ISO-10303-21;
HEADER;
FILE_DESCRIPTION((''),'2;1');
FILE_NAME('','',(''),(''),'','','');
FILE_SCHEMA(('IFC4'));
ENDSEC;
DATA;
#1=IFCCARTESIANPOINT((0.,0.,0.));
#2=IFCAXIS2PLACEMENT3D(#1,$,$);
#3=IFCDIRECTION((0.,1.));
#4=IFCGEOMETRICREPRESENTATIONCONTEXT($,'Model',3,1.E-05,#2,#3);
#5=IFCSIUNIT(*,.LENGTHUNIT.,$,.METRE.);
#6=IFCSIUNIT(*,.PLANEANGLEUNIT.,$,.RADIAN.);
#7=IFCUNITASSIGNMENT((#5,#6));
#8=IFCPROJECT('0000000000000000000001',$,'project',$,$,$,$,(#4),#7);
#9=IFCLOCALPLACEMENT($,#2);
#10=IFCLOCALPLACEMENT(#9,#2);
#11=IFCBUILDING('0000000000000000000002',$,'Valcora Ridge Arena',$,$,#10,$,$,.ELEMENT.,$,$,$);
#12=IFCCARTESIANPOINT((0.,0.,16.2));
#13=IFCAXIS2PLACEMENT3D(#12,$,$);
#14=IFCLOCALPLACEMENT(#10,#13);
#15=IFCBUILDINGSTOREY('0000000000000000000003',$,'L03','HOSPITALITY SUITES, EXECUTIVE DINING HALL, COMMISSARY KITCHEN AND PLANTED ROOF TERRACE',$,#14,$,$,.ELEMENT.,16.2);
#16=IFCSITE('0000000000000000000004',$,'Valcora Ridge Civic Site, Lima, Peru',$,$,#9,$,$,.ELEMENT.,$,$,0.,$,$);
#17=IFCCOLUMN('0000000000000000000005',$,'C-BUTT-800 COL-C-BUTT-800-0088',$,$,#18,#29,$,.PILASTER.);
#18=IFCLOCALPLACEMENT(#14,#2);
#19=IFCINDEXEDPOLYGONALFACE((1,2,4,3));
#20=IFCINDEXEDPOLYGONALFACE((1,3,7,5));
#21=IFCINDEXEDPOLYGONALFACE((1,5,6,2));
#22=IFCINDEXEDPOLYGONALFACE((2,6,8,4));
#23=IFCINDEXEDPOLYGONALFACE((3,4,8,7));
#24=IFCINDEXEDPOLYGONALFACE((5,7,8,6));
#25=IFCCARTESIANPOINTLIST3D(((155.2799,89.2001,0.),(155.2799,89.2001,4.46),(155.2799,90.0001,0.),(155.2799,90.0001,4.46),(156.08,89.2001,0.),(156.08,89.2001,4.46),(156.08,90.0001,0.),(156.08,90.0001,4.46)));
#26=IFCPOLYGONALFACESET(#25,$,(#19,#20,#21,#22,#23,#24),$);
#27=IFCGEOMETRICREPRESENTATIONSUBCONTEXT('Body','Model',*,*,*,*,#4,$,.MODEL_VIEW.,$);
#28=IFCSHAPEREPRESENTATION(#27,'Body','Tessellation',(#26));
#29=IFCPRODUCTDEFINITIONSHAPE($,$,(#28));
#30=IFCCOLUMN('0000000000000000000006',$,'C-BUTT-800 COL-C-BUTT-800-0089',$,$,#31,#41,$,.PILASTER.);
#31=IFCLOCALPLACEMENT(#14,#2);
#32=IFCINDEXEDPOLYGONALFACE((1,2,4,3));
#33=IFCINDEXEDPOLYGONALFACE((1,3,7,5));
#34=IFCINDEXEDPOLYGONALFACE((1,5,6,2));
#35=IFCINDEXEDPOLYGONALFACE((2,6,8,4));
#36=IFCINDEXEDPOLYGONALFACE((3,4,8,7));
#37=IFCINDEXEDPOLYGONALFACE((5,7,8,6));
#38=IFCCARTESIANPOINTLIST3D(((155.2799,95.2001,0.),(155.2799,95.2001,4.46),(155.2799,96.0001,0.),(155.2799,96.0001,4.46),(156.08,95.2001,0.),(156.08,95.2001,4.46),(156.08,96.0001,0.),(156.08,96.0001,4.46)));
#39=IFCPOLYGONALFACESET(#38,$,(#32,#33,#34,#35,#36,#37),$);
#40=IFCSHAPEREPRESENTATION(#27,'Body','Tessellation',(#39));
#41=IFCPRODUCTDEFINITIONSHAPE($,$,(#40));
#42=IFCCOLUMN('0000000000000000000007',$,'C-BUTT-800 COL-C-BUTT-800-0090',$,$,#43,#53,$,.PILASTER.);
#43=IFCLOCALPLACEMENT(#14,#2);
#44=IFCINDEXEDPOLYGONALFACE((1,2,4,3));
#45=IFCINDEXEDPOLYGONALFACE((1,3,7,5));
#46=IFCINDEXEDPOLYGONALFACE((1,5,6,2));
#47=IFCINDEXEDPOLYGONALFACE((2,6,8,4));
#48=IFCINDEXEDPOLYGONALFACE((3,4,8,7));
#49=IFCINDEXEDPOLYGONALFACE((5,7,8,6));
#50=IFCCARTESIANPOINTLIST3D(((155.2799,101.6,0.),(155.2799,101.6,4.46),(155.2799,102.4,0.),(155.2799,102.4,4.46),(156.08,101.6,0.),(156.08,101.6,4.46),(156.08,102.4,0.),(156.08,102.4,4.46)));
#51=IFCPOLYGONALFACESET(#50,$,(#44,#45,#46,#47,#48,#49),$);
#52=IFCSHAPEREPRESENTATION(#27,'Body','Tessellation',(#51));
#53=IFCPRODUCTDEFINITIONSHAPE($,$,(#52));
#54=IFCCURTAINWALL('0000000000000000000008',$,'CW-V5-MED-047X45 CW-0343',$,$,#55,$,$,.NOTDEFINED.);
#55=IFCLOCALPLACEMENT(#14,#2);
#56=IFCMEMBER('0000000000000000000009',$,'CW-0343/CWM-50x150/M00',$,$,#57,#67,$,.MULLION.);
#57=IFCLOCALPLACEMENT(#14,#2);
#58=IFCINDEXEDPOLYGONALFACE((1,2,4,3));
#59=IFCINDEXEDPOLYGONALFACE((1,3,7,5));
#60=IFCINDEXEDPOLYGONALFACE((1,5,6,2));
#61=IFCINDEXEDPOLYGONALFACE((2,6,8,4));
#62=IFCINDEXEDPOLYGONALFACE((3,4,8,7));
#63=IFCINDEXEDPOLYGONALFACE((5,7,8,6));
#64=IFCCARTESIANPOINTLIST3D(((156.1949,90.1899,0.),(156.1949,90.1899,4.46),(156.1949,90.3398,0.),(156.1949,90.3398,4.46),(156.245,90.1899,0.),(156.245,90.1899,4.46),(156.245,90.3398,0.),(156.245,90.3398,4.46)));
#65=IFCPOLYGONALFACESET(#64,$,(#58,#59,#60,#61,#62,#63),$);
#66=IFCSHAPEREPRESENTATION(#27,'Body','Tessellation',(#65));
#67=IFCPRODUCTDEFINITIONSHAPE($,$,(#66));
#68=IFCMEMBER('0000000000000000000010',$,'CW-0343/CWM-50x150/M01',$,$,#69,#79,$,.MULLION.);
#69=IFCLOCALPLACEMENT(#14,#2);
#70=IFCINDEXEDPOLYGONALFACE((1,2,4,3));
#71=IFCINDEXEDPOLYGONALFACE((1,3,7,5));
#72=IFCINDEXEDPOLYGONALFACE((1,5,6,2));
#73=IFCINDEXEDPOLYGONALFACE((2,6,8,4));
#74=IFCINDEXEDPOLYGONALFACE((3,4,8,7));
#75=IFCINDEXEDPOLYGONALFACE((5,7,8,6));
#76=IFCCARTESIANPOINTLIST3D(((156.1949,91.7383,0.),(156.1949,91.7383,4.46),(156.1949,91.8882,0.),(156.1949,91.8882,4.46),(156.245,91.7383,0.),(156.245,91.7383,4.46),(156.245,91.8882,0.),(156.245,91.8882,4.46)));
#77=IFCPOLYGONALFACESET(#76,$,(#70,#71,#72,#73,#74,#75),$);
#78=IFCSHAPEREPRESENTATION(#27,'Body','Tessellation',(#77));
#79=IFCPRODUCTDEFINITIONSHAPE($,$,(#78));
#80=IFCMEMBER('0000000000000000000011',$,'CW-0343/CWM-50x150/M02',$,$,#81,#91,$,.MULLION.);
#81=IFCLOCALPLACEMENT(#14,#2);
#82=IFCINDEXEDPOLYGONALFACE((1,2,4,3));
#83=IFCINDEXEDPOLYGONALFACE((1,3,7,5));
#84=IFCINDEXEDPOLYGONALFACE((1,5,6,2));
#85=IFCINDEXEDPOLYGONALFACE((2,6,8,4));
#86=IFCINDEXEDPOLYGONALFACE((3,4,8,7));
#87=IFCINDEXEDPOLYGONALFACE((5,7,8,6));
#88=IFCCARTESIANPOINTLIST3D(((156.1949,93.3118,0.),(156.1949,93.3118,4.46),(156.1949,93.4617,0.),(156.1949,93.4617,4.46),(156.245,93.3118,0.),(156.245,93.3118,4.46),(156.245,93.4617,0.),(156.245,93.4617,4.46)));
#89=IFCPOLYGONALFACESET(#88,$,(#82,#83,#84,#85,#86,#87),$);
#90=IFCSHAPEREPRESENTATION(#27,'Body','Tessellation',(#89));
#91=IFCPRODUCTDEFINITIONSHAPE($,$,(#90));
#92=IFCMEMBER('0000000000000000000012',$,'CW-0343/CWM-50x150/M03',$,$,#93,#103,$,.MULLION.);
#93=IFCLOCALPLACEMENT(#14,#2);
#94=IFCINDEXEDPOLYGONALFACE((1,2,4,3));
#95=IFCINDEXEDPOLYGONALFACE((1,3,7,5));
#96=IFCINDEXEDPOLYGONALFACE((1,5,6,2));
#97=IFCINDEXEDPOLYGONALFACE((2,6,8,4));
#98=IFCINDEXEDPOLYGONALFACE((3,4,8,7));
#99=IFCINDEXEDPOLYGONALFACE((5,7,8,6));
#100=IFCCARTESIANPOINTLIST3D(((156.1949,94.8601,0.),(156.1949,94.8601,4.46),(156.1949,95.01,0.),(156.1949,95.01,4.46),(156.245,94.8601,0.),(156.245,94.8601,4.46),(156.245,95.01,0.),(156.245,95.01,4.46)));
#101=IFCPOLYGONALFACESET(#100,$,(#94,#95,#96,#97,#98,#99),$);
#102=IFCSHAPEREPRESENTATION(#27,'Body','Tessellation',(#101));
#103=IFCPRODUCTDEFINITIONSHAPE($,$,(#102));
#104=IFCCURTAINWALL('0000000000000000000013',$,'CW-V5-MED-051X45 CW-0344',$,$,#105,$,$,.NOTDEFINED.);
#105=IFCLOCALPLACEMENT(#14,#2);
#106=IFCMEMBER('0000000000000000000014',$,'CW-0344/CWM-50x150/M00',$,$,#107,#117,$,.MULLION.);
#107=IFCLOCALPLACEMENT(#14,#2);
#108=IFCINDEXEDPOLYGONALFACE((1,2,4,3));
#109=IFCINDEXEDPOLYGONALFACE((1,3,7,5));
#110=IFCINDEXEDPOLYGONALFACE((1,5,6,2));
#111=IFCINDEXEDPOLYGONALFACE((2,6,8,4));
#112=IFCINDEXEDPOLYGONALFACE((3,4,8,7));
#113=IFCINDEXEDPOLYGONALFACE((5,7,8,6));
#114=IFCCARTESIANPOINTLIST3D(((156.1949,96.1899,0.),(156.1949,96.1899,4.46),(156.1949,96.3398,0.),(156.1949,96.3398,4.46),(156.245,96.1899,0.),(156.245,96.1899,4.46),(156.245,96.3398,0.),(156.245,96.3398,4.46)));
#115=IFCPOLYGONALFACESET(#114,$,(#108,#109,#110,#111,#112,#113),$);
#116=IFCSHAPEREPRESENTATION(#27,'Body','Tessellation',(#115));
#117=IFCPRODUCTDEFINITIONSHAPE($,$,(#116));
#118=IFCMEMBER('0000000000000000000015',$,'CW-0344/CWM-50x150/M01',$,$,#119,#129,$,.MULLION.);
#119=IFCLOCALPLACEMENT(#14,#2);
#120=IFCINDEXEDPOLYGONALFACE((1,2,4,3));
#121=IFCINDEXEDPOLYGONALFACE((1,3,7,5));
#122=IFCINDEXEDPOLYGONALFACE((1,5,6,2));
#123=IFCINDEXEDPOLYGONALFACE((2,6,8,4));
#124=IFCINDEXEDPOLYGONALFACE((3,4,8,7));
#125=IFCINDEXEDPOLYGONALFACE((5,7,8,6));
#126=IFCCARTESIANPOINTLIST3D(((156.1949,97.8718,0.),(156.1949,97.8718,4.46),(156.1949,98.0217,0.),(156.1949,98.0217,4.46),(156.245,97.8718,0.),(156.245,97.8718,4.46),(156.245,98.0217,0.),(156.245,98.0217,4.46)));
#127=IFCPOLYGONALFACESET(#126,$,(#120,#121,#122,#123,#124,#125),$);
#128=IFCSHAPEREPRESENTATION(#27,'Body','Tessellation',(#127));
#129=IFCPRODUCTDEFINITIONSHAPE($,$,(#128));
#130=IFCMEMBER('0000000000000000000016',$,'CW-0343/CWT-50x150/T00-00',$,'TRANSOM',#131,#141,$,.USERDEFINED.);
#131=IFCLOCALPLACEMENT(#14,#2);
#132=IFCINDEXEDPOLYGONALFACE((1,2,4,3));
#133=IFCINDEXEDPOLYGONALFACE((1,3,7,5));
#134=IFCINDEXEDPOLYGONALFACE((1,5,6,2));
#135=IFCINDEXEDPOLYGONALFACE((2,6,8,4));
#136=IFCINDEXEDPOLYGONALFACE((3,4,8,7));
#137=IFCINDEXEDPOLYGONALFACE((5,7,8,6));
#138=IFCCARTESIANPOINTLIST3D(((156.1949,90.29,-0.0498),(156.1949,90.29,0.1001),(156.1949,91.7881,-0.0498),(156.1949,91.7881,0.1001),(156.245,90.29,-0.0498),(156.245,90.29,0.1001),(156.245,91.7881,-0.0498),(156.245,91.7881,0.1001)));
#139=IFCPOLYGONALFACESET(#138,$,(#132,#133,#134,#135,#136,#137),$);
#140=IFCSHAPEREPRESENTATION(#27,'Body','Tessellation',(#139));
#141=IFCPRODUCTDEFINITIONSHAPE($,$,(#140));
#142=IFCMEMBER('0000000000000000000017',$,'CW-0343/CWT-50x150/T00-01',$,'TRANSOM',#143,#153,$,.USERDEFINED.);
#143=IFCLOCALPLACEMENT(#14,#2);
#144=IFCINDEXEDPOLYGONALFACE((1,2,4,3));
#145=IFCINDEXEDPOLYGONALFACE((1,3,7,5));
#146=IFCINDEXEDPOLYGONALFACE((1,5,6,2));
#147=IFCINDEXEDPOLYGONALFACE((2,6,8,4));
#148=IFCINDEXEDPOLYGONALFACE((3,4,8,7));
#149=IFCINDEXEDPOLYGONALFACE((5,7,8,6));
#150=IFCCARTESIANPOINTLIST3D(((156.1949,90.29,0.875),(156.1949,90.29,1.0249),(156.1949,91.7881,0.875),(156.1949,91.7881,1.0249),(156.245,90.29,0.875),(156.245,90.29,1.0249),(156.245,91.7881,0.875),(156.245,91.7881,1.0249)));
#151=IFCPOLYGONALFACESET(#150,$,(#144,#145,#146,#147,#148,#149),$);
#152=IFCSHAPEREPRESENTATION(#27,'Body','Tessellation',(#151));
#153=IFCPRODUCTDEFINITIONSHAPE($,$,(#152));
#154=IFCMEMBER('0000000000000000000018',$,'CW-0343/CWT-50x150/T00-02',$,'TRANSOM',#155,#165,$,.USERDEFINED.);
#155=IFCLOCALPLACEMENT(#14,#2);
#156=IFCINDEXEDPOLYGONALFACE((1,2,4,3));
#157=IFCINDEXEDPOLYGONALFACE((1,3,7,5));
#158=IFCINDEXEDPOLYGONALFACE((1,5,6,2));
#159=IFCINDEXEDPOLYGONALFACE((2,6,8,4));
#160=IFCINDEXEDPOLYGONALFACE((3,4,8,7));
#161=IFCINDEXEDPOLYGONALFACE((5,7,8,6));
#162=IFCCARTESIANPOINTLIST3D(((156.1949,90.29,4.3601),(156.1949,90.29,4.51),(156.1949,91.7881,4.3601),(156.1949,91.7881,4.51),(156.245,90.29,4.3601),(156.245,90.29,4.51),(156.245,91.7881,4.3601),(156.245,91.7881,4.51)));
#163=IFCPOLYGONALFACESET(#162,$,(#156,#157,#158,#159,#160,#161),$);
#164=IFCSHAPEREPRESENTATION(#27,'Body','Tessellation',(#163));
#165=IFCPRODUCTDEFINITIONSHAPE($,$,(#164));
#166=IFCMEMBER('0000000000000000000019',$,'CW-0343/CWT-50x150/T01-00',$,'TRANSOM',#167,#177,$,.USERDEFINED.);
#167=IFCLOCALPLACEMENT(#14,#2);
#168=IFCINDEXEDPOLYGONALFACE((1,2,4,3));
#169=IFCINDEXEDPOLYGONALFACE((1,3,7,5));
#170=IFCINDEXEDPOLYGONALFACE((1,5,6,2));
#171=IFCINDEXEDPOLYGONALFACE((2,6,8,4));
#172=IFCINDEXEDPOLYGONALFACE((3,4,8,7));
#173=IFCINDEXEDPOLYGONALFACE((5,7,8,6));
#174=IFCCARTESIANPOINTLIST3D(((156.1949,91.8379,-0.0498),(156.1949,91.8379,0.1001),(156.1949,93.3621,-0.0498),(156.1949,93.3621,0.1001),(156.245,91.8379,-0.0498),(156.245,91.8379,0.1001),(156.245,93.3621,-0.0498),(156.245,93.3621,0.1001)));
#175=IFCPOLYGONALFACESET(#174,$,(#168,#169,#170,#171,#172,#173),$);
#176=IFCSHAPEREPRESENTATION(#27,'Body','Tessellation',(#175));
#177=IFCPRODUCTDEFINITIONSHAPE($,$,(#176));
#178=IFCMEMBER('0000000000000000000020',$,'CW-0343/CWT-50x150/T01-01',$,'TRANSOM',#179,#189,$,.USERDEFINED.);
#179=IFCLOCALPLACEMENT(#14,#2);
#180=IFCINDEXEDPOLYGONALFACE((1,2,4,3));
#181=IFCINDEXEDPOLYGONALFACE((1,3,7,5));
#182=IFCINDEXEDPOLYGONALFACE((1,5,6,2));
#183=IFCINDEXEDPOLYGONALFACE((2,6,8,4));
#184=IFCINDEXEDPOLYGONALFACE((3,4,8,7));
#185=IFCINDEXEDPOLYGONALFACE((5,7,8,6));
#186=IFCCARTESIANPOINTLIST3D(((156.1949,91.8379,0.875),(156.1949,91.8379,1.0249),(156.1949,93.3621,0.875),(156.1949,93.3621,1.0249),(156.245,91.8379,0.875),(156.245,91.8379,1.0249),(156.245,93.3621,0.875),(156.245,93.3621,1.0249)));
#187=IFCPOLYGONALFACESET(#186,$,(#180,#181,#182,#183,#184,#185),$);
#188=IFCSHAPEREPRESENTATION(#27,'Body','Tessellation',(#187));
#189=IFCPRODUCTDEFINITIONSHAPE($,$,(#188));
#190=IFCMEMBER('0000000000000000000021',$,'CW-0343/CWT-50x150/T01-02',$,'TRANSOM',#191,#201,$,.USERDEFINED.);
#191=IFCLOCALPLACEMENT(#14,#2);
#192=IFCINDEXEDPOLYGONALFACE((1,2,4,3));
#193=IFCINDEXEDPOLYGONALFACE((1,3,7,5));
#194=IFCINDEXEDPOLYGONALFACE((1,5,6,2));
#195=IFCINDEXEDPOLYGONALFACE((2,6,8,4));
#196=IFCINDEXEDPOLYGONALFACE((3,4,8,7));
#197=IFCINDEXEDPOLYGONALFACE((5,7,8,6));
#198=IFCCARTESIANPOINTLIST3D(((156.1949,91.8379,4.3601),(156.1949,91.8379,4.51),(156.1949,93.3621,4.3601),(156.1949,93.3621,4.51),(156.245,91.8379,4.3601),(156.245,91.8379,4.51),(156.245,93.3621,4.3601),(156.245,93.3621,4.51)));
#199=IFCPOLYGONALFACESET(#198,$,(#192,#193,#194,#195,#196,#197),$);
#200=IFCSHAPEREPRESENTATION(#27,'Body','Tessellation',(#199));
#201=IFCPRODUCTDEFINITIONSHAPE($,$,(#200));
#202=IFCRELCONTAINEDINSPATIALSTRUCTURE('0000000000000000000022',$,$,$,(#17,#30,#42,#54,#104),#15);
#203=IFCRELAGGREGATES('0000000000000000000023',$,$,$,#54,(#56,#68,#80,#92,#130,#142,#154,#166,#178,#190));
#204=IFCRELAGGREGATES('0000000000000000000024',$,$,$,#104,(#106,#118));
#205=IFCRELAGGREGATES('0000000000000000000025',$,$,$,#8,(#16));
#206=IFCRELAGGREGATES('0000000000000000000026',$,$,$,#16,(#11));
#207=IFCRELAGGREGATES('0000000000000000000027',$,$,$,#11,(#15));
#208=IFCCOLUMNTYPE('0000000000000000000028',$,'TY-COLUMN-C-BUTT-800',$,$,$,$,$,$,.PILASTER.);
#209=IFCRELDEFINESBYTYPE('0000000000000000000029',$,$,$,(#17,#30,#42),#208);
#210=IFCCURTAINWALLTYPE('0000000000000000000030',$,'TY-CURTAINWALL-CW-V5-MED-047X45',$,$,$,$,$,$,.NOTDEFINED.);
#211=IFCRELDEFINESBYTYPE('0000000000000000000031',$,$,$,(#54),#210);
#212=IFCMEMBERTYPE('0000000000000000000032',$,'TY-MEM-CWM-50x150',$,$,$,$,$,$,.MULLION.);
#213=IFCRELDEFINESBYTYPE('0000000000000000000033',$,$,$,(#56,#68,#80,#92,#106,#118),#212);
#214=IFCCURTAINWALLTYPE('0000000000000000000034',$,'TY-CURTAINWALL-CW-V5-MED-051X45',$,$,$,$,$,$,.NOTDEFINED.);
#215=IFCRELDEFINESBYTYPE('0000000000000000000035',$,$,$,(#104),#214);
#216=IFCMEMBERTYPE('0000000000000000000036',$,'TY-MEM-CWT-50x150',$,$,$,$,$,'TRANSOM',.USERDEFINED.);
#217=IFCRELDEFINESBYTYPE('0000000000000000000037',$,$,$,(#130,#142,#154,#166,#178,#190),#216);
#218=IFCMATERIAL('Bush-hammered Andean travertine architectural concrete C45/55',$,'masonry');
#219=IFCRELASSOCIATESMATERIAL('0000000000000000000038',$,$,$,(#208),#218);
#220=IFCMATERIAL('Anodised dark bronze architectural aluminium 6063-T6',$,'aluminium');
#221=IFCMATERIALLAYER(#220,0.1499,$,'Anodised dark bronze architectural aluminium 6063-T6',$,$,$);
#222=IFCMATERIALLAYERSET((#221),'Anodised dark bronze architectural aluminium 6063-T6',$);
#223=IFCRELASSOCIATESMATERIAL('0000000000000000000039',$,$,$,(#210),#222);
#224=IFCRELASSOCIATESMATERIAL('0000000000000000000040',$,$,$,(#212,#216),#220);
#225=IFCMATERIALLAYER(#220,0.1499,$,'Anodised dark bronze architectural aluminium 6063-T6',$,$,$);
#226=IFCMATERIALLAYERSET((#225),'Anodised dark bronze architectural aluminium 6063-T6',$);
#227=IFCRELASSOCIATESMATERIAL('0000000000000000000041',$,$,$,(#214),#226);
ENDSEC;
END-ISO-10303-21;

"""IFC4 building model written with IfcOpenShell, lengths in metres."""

from ifc_helpers import new_model, si_unit, direction, frame, origin, origin_2d, place, context, subcontext, project, spatial, rectangle, extrude, material, layer, layer_set, material_profile, profile_set, type_object, element, aggregate, save


model = new_model("IFC4")

# Units and contexts
model_context = context("Model", 3, precision=1e-05, world=origin(), true_north=direction((0.0, 1.0)))
body_context = subcontext(model_context, "Body", "Model", "MODEL_VIEW")
ifc_project = project(units=[si_unit("LENGTHUNIT", "METRE"), si_unit("PLANEANGLEUNIT", "RADIAN")], contexts=[model_context])

# Site, building, storey
site_placement = place(None, origin())
site = spatial("IfcSite", under=ifc_project, at=site_placement, Name="Valcora Ridge Civic Site, Lima, Peru", CompositionType="ELEMENT", RefElevation=0.0)
building_placement = place(site_placement, origin())
building = spatial("IfcBuilding", under=site, at=building_placement, Name="Valcora Ridge Arena", CompositionType="ELEMENT")
storey_placement = place(building_placement, frame((0.0, 0.0, 16.2)))
storey = spatial("IfcBuildingStorey", under=building, at=storey_placement, Name="L03", Description="HOSPITALITY SUITES, EXECUTIVE DINING HALL, COMMISSARY KITCHEN AND PLANTED ROOF TERRACE", CompositionType="ELEMENT", Elevation=16.2)

# Columns
ifc_material_1 = material(Name="Bush-hammered Andean travertine architectural concrete C45/55", Category="masonry")
ifc_material_profile_1 = material_profile(ifc_material_1, rectangle(XDim=0.8, YDim=0.8, at=origin_2d()), Name="RC 800x800")
ifc_profile_set_1 = profile_set([ifc_material_profile_1], Name="Bush-hammered Andean travertine architectural concrete C45/55")
column_type = type_object("IfcColumnType", Name="TY-COLUMN-C-BUTT-800", PredefinedType="PILASTER", material=ifc_profile_set_1)
for number, where, z_axis, x_axis, name in (
    (1, (155.6799, 89.6001, 0.0), (0.0, 0.0, 1.0), (1.0, 0.0, 0.0), "C-BUTT-800 COL-C-BUTT-800-0088"),
    (2, (155.6799, 95.6001, 0.0), (0.0, 0.0, 1.0), (1.0, 0.0, 0.0), "C-BUTT-800 COL-C-BUTT-800-0089"),
    (3, (155.6799, 102.0, 0.0), (0.0, 0.0, 1.0), (1.0, 0.0, 0.0), "C-BUTT-800 COL-C-BUTT-800-0090"),
):
    element("IfcColumn", number, at=place(storey_placement, frame(where, z_axis=z_axis, x_axis=x_axis)), inside=storey, type_object=column_type, Name=name, PredefinedType="PILASTER", context=body_context, shape_type="SweptSolid", body=[
        extrude(rectangle(XDim=0.8, YDim=0.8, at=origin_2d()), origin(), (0.0, 0.0, 1.0), 4.46),
    ])

# Curtain walls, members
ifc_material_2 = material(Name="Anodised dark bronze architectural aluminium 6063-T6", Category="aluminium")
ifc_layer_1 = layer(ifc_material_2, 0.1499, Name="Anodised dark bronze architectural aluminium 6063-T6")
ifc_layer_set_1 = layer_set([ifc_layer_1], Name="Anodised dark bronze architectural aluminium 6063-T6")
curtain_wall_type_1 = type_object("IfcCurtainWallType", Name="TY-CURTAINWALL-CW-V5-MED-047X45", PredefinedType="NOTDEFINED", material=ifc_layer_set_1)
curtain_wall_1_placement = place(storey_placement, origin())
curtain_wall_1 = element("IfcCurtainWall", 4, at=curtain_wall_1_placement, inside=storey, type_object=curtain_wall_type_1, Name="CW-V5-MED-047X45 CW-0343", PredefinedType="NOTDEFINED")
ifc_material_profile_2 = material_profile(ifc_material_2, rectangle(XDim=0.05, YDim=0.1499, at=origin_2d()), Name="ALU MULLION 50x150")
ifc_profile_set_2 = profile_set([ifc_material_profile_2], Name="Anodised dark bronze architectural aluminium 6063-T6")
member_type_1 = type_object("IfcMemberType", Name="TY-MEM-CWM-50x150", PredefinedType="MULLION", material=ifc_profile_set_2)
member_1_placement = place(storey_placement, frame((156.22, 90.2649, 0.0), z_axis=(0.0, 0.0, 1.0), x_axis=(-1.0, 0.0, 0.0)))
member_1 = element("IfcMember", 5, at=member_1_placement, type_object=member_type_1, Name="CW-0343/CWM-50x150/M00", PredefinedType="MULLION", context=body_context, shape_type="SweptSolid", body=[
    extrude(rectangle(XDim=0.05, YDim=0.1499, at=origin_2d()), origin(), (0.0, 0.0, 1.0), 4.46),
])
member_2_placement = place(storey_placement, frame((156.22, 91.8132, 0.0), z_axis=(0.0, 0.0, 1.0), x_axis=(-1.0, 0.0, 0.0)))
member_2 = element("IfcMember", 6, at=member_2_placement, type_object=member_type_1, Name="CW-0343/CWM-50x150/M01", PredefinedType="MULLION", context=body_context, shape_type="SweptSolid", body=[
    extrude(rectangle(XDim=0.05, YDim=0.1499, at=origin_2d()), origin(), (0.0, 0.0, 1.0), 4.46),
])
member_3_placement = place(storey_placement, frame((156.22, 93.3867, 0.0), z_axis=(0.0, 0.0, 1.0), x_axis=(-1.0, 0.0, 0.0)))
member_3 = element("IfcMember", 7, at=member_3_placement, type_object=member_type_1, Name="CW-0343/CWM-50x150/M02", PredefinedType="MULLION", context=body_context, shape_type="SweptSolid", body=[
    extrude(rectangle(XDim=0.05, YDim=0.1499, at=origin_2d()), origin(), (0.0, 0.0, 1.0), 4.46),
])
member_4_placement = place(storey_placement, frame((156.22, 94.9351, 0.0), z_axis=(0.0, 0.0, 1.0), x_axis=(-1.0, 0.0, 0.0)))
member_4 = element("IfcMember", 8, at=member_4_placement, type_object=member_type_1, Name="CW-0343/CWM-50x150/M03", PredefinedType="MULLION", context=body_context, shape_type="SweptSolid", body=[
    extrude(rectangle(XDim=0.05, YDim=0.1499, at=origin_2d()), origin(), (0.0, 0.0, 1.0), 4.46),
])
ifc_layer_2 = layer(ifc_material_2, 0.1499, Name="Anodised dark bronze architectural aluminium 6063-T6")
ifc_layer_set_2 = layer_set([ifc_layer_2], Name="Anodised dark bronze architectural aluminium 6063-T6")
curtain_wall_type_2 = type_object("IfcCurtainWallType", Name="TY-CURTAINWALL-CW-V5-MED-051X45", PredefinedType="NOTDEFINED", material=ifc_layer_set_2)
curtain_wall_2_placement = place(storey_placement, origin())
curtain_wall_2 = element("IfcCurtainWall", 9, at=curtain_wall_2_placement, inside=storey, type_object=curtain_wall_type_2, Name="CW-V5-MED-051X45 CW-0344", PredefinedType="NOTDEFINED")
member_5_placement = place(storey_placement, frame((156.22, 96.2649, 0.0), z_axis=(0.0, 0.0, 1.0), x_axis=(-1.0, 0.0, 0.0)))
member_5 = element("IfcMember", 10, at=member_5_placement, type_object=member_type_1, Name="CW-0344/CWM-50x150/M00", PredefinedType="MULLION", context=body_context, shape_type="SweptSolid", body=[
    extrude(rectangle(XDim=0.05, YDim=0.1499, at=origin_2d()), origin(), (0.0, 0.0, 1.0), 4.46),
])
member_6_placement = place(storey_placement, frame((156.22, 97.9468, 0.0), z_axis=(0.0, 0.0, 1.0), x_axis=(-1.0, 0.0, 0.0)))
member_6 = element("IfcMember", 11, at=member_6_placement, type_object=member_type_1, Name="CW-0344/CWM-50x150/M01", PredefinedType="MULLION", context=body_context, shape_type="SweptSolid", body=[
    extrude(rectangle(XDim=0.05, YDim=0.1499, at=origin_2d()), origin(), (0.0, 0.0, 1.0), 4.46),
])

# Members
ifc_material_profile_3 = material_profile(ifc_material_2, rectangle(XDim=0.05, YDim=0.1499, at=origin_2d()), Name="ALU TRANSOM 50x150")
ifc_profile_set_3 = profile_set([ifc_material_profile_3], Name="Anodised dark bronze architectural aluminium 6063-T6")
member_type_2 = type_object("IfcMemberType", Name="TY-MEM-CWT-50x150", ElementType="TRANSOM", PredefinedType="USERDEFINED", material=ifc_profile_set_3)
member_7_placement = place(storey_placement, frame((156.22, 90.29, 0.0251), z_axis=(0.0, 1.0, 0.0), x_axis=(-1.0, 0.0, 0.0)))
member_7 = element("IfcMember", 12, at=member_7_placement, type_object=member_type_2, Name="CW-0343/CWT-50x150/T00-00", ObjectType="TRANSOM", PredefinedType="USERDEFINED", context=body_context, shape_type="SweptSolid", body=[
    extrude(rectangle(XDim=0.05, YDim=0.1499, at=origin_2d()), origin(), (0.0, 0.0, 1.0), 1.498),
])
member_8_placement = place(storey_placement, frame((156.22, 90.29, 0.95), z_axis=(0.0, 1.0, 0.0), x_axis=(-1.0, 0.0, 0.0)))
member_8 = element("IfcMember", 13, at=member_8_placement, type_object=member_type_2, Name="CW-0343/CWT-50x150/T00-01", ObjectType="TRANSOM", PredefinedType="USERDEFINED", context=body_context, shape_type="SweptSolid", body=[
    extrude(rectangle(XDim=0.05, YDim=0.1499, at=origin_2d()), origin(), (0.0, 0.0, 1.0), 1.498),
])
member_9_placement = place(storey_placement, frame((156.22, 90.29, 4.4351), z_axis=(0.0, 1.0, 0.0), x_axis=(-1.0, 0.0, 0.0)))
member_9 = element("IfcMember", 14, at=member_9_placement, type_object=member_type_2, Name="CW-0343/CWT-50x150/T00-02", ObjectType="TRANSOM", PredefinedType="USERDEFINED", context=body_context, shape_type="SweptSolid", body=[
    extrude(rectangle(XDim=0.05, YDim=0.1499, at=origin_2d()), origin(), (0.0, 0.0, 1.0), 1.498),
])
member_10_placement = place(storey_placement, frame((156.22, 91.8379, 0.0251), z_axis=(0.0, 1.0, 0.0), x_axis=(-1.0, 0.0, 0.0)))
member_10 = element("IfcMember", 15, at=member_10_placement, type_object=member_type_2, Name="CW-0343/CWT-50x150/T01-00", ObjectType="TRANSOM", PredefinedType="USERDEFINED", context=body_context, shape_type="SweptSolid", body=[
    extrude(rectangle(XDim=0.05, YDim=0.1499, at=origin_2d()), origin(), (0.0, 0.0, 1.0), 1.5242),
])
member_11_placement = place(storey_placement, frame((156.22, 91.8379, 0.95), z_axis=(0.0, 1.0, 0.0), x_axis=(-1.0, 0.0, 0.0)))
member_11 = element("IfcMember", 16, at=member_11_placement, type_object=member_type_2, Name="CW-0343/CWT-50x150/T01-01", ObjectType="TRANSOM", PredefinedType="USERDEFINED", context=body_context, shape_type="SweptSolid", body=[
    extrude(rectangle(XDim=0.05, YDim=0.1499, at=origin_2d()), origin(), (0.0, 0.0, 1.0), 1.5242),
])
member_12_placement = place(storey_placement, frame((156.22, 91.8379, 4.4351), z_axis=(0.0, 1.0, 0.0), x_axis=(-1.0, 0.0, 0.0)))
member_12 = element("IfcMember", 17, at=member_12_placement, type_object=member_type_2, Name="CW-0343/CWT-50x150/T01-02", ObjectType="TRANSOM", PredefinedType="USERDEFINED", context=body_context, shape_type="SweptSolid", body=[
    extrude(rectangle(XDim=0.05, YDim=0.1499, at=origin_2d()), origin(), (0.0, 0.0, 1.0), 1.5242),
])

aggregate(curtain_wall_1, [member_1, member_2, member_3, member_4, member_7, member_8, member_9, member_10, member_11, member_12])
aggregate(curtain_wall_2, [member_5, member_6])

save(model, "model.ifc")
